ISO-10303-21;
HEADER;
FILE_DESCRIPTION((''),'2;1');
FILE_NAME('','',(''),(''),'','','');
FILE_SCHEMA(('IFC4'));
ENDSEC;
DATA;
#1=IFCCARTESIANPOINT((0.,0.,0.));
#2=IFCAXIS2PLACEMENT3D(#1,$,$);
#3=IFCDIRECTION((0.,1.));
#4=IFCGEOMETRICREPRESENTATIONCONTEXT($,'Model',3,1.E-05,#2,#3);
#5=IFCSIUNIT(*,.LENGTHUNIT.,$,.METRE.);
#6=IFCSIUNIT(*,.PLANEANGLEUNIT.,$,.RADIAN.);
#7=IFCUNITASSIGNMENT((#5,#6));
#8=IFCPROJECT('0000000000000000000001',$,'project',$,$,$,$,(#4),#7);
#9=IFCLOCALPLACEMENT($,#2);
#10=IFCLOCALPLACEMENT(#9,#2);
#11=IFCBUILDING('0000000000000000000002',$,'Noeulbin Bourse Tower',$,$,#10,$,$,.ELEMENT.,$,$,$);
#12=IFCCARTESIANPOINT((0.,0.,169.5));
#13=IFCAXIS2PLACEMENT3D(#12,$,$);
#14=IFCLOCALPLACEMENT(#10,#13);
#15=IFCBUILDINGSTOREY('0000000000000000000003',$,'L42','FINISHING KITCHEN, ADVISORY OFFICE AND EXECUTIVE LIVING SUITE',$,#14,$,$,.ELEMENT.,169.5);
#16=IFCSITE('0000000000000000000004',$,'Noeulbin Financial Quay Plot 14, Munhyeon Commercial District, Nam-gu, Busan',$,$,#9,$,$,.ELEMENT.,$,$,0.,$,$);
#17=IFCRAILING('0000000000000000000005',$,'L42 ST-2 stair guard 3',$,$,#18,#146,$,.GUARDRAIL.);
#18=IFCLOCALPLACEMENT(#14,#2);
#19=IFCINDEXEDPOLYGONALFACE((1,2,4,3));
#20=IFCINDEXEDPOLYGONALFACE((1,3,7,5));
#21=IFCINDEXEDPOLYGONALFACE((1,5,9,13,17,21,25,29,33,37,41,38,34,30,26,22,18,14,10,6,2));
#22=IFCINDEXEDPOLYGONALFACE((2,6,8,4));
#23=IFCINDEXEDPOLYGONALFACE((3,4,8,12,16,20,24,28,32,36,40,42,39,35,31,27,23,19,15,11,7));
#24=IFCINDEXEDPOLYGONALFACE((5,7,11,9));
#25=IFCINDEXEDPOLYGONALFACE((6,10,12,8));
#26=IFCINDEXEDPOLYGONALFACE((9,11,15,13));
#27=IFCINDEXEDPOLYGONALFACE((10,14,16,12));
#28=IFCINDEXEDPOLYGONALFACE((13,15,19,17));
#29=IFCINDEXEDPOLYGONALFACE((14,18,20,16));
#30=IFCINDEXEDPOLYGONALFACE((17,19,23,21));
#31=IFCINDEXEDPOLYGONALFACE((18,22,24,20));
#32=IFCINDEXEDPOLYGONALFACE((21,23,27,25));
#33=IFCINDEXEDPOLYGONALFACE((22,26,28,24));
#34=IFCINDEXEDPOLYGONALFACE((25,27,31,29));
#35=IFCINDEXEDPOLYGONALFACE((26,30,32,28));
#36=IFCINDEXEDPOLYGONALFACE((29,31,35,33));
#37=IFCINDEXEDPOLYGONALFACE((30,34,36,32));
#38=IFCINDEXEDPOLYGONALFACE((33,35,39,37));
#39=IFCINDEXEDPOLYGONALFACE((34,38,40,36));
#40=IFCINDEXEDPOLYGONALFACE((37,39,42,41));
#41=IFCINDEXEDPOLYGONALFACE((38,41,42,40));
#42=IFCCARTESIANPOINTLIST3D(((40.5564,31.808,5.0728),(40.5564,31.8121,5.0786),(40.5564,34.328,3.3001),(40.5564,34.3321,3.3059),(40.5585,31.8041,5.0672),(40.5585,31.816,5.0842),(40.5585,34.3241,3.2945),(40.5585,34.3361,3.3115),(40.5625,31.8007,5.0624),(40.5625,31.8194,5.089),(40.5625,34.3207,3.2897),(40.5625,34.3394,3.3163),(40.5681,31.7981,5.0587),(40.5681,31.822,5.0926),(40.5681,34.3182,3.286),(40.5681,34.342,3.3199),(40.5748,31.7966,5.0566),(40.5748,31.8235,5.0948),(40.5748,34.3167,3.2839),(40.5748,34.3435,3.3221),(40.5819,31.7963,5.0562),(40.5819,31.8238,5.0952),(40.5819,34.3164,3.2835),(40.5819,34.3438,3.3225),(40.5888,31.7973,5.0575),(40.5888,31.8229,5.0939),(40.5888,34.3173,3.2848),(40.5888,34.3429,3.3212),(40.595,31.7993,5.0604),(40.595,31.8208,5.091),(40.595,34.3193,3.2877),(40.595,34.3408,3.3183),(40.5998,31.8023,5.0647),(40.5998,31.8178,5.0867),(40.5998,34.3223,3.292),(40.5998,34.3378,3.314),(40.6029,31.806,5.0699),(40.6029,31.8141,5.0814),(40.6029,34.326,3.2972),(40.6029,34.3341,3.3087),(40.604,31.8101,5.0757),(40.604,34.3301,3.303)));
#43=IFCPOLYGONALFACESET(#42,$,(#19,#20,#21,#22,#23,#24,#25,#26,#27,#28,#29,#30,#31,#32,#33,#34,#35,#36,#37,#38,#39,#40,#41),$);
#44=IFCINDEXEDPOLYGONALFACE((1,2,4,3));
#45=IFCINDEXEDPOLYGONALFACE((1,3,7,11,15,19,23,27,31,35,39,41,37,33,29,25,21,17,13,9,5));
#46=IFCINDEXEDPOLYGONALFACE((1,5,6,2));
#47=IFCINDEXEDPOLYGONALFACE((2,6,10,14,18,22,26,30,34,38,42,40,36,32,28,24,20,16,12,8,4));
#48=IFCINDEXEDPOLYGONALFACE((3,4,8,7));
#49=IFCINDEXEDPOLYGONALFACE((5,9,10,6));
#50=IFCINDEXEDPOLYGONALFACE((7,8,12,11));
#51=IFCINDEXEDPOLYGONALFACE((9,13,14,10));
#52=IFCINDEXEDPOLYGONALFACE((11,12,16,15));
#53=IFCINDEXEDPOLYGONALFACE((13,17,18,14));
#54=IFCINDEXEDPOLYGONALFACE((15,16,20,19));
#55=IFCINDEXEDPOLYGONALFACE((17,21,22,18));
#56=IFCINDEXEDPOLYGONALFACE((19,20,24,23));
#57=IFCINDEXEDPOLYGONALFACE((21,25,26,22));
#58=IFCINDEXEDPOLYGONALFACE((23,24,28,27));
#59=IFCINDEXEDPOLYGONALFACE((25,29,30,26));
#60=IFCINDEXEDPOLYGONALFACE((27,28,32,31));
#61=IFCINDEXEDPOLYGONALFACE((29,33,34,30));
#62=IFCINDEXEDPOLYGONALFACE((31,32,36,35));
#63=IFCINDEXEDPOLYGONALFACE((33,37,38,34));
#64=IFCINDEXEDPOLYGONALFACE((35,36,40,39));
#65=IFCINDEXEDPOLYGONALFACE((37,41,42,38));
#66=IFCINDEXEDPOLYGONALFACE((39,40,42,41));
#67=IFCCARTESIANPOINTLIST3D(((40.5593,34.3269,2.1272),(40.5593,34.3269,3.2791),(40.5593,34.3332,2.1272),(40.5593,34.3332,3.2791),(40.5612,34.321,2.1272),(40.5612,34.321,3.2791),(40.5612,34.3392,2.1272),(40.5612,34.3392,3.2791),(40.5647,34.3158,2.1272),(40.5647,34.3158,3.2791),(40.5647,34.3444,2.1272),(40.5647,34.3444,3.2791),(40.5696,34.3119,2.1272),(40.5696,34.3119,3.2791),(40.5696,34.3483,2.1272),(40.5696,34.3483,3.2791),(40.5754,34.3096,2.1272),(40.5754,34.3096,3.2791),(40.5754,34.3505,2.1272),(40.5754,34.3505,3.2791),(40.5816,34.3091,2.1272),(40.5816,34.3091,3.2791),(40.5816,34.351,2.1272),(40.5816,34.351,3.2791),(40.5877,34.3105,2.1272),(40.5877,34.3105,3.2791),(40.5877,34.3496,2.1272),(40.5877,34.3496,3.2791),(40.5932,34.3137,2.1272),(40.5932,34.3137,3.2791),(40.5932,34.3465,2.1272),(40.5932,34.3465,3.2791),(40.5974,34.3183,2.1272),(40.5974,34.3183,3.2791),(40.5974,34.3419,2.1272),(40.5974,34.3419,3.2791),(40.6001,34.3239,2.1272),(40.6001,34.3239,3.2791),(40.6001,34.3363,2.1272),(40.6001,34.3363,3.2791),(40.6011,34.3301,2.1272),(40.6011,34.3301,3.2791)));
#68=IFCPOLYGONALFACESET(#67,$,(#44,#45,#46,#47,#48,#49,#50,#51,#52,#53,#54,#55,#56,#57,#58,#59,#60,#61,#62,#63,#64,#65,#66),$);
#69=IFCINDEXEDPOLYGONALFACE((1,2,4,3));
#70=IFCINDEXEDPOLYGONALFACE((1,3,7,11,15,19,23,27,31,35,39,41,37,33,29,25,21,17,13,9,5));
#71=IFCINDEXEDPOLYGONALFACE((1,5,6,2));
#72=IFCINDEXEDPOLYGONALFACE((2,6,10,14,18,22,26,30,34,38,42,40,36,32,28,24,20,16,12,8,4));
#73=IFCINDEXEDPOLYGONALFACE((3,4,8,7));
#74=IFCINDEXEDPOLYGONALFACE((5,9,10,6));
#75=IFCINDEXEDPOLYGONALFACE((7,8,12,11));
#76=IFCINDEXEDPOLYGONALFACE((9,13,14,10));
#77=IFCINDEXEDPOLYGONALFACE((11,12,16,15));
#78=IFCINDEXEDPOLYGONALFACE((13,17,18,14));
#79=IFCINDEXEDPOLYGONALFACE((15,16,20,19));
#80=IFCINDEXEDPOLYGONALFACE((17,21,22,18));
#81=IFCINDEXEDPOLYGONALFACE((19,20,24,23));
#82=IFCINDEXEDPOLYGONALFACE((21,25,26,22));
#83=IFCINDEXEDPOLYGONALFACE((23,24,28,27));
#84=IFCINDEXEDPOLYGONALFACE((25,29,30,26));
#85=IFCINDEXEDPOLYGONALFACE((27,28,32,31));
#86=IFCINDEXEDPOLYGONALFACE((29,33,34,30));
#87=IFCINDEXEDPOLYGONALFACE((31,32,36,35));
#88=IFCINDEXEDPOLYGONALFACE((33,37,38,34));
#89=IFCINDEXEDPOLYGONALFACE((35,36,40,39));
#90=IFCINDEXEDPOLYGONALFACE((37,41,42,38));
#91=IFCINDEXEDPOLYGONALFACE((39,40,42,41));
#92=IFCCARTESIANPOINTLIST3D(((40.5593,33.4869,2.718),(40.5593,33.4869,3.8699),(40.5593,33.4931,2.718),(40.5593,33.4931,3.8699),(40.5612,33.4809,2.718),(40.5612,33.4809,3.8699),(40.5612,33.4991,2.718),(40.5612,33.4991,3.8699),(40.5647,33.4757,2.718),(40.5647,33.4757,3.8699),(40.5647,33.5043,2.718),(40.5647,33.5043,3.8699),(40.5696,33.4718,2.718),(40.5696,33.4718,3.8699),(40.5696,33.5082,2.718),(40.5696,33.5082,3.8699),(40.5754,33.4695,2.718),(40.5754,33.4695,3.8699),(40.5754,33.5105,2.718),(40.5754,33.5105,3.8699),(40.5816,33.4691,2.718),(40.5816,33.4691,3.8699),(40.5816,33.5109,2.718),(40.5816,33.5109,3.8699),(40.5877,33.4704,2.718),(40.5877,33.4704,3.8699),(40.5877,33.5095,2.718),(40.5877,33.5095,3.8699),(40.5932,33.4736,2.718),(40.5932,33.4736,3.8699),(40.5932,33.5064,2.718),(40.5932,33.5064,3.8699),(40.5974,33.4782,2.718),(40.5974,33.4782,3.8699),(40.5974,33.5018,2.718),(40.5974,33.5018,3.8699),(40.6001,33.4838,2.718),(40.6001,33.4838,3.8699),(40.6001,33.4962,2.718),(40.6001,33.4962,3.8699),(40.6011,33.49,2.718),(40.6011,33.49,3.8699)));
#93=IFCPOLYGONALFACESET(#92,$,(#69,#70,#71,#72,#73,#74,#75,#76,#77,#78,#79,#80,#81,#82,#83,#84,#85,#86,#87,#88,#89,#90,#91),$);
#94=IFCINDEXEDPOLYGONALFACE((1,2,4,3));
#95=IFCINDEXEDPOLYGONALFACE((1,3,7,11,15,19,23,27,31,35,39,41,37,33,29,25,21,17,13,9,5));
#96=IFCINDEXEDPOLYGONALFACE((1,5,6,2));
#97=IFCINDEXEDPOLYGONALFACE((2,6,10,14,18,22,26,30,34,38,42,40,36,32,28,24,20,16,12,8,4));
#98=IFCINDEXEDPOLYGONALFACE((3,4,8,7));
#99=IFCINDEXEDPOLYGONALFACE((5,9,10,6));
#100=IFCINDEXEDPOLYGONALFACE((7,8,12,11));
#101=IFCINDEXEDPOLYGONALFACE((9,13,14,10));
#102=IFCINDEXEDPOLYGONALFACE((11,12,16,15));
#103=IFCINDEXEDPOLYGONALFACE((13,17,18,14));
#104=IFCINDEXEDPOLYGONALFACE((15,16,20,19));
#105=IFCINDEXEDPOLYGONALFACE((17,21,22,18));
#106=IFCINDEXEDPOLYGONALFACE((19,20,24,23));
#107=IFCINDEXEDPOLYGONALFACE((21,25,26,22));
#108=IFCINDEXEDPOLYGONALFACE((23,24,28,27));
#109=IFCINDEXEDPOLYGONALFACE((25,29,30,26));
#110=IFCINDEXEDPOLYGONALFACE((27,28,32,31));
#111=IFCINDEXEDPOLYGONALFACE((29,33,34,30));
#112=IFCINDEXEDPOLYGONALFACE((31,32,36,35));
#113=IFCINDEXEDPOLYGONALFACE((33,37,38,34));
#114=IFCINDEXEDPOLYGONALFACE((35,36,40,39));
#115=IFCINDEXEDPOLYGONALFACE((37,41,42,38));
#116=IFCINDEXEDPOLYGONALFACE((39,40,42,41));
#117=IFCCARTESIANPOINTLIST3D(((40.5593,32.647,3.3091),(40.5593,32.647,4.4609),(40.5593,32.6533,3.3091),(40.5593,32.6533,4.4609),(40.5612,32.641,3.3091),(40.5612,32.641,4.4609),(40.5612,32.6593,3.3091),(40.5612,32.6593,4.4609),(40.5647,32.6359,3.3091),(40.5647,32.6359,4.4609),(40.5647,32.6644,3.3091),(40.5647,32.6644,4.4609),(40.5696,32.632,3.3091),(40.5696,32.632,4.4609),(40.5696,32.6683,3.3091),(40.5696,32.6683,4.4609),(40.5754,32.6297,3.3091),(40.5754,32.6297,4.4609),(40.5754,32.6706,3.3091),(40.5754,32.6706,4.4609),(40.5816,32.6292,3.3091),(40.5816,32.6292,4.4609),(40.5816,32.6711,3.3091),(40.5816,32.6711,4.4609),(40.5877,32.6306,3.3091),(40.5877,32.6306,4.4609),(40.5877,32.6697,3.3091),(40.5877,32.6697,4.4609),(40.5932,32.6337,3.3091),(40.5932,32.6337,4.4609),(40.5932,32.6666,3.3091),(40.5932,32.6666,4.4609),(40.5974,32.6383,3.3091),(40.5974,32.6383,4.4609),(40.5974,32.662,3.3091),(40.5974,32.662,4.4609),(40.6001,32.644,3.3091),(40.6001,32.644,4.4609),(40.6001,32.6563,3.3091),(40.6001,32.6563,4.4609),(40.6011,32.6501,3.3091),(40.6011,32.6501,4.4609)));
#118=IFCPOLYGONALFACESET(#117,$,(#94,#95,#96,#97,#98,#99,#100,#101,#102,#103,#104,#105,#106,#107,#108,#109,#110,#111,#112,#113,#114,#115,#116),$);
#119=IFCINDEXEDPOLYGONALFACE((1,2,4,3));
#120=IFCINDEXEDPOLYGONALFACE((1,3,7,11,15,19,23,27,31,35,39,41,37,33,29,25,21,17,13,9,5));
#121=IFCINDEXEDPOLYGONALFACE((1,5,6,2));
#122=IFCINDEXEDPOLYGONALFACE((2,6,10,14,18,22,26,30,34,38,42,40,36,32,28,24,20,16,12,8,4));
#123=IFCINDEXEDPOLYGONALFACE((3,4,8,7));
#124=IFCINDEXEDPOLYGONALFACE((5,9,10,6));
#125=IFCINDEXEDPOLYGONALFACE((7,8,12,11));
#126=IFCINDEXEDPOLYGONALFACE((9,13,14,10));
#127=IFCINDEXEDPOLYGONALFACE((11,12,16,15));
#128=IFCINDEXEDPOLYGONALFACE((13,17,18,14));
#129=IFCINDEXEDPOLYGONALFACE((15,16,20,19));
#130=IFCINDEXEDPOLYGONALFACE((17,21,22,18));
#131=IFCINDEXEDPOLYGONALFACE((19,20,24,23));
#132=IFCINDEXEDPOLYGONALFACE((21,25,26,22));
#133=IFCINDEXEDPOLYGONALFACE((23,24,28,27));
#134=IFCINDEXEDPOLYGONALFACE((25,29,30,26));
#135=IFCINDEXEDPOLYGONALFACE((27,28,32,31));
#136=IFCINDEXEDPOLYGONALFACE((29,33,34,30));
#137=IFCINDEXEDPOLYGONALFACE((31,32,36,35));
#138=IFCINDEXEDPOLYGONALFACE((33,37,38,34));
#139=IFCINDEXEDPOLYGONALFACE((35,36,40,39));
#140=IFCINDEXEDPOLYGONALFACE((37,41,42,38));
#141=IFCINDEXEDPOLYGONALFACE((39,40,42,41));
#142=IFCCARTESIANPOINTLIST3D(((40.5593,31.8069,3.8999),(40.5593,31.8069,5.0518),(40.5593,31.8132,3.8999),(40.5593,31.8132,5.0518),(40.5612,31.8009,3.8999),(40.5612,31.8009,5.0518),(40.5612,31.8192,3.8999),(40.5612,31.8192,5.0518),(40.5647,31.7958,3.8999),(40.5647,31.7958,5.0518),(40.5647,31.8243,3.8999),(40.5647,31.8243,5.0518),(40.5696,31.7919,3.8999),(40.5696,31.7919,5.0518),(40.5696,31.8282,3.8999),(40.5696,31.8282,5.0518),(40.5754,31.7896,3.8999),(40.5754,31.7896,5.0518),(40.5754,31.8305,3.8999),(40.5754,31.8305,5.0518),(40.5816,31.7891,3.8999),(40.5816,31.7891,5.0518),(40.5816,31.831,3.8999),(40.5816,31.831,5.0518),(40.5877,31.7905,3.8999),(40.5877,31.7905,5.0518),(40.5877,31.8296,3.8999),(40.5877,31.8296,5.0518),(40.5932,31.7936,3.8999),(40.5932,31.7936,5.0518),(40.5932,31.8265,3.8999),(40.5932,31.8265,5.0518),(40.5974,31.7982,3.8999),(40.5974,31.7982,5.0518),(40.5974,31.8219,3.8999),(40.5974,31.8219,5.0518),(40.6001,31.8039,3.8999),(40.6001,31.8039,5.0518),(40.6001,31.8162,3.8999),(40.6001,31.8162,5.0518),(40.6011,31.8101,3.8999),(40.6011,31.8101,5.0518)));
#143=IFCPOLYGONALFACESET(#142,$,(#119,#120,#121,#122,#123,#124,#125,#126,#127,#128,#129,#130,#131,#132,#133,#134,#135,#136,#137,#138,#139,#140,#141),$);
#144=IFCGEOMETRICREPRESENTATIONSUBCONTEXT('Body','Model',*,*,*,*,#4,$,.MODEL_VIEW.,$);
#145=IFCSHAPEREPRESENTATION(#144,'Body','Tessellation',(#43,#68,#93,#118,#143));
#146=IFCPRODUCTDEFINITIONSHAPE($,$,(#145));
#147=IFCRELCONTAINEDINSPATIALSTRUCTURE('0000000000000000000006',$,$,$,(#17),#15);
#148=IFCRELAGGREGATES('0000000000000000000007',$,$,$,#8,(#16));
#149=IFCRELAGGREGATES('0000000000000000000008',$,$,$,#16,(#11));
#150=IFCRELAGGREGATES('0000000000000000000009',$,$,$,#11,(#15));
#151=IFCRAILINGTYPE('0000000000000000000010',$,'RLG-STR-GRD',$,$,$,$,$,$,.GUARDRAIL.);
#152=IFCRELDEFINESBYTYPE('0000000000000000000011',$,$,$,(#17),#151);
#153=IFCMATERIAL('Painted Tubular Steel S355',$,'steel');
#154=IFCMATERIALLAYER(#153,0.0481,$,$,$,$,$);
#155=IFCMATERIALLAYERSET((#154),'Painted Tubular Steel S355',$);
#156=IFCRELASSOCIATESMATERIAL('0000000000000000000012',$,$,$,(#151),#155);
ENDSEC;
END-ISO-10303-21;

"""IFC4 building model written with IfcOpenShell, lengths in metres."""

from ifc_helpers import new_model, si_unit, direction, frame, origin, origin_2d, place, context, subcontext, project, spatial, circle, extrude, material, layer, layer_set, type_object, element, save


model = new_model("IFC4")

# Units and contexts
model_context = context("Model", 3, precision=1e-05, world=origin(), true_north=direction((0.0, 1.0)))
body_context = subcontext(model_context, "Body", "Model", "MODEL_VIEW")
ifc_project = project(units=[si_unit("LENGTHUNIT", "METRE"), si_unit("PLANEANGLEUNIT", "RADIAN")], contexts=[model_context])

# Site, building, storey
site_placement = place(None, origin())
site = spatial("IfcSite", under=ifc_project, at=site_placement, Name="Noeulbin Financial Quay Plot 14, Munhyeon Commercial District, Nam-gu, Busan", CompositionType="ELEMENT", RefElevation=0.0)
building_placement = place(site_placement, origin())
building = spatial("IfcBuilding", under=site, at=building_placement, Name="Noeulbin Bourse Tower", CompositionType="ELEMENT")
storey_placement = place(building_placement, frame((0.0, 0.0, 169.5)))
storey = spatial("IfcBuildingStorey", under=building, at=storey_placement, Name="L42", Description="FINISHING KITCHEN, ADVISORY OFFICE AND EXECUTIVE LIVING SUITE", CompositionType="ELEMENT", Elevation=169.5)

# Railing
ifc_material_1 = material(Name="Painted Tubular Steel S355", Category="steel")
ifc_layer_1 = layer(ifc_material_1, 0.0481)
ifc_layer_set_1 = layer_set([ifc_layer_1], Name="Painted Tubular Steel S355")
railing_type_1 = type_object("IfcRailingType", Name="RLG-STR-GRD", PredefinedType="GUARDRAIL", material=ifc_layer_set_1)
railing_1_placement = place(storey_placement, frame((40.5801, 34.3301, 2.1272)))
element("IfcRailing", 1, at=railing_1_placement, inside=storey, type_object=railing_type_1, Name="L42 ST-2 stair guard 3", PredefinedType="GUARDRAIL", context=body_context, shape_type="SweptSolid", body=[
    extrude(circle(Radius=0.0239, at=origin_2d()), frame((0.0, 0.0, 1.1758), z_axis=(0.0, -0.817904, 0.575354), x_axis=(1.0, 0.0, 0.0)), (0.0, 0.0, 1.0), 3.0811),
    extrude(circle(Radius=0.021, at=origin_2d()), origin(), (0.0, 0.0, 1.0), 1.1519),
    extrude(circle(Radius=0.021, at=origin_2d()), frame((0.0, -0.8401, 0.5908)), (0.0, 0.0, 1.0), 1.1519),
    extrude(circle(Radius=0.021, at=origin_2d()), frame((0.0, -1.6799, 1.1819)), (0.0, 0.0, 1.0), 1.1519),
    extrude(circle(Radius=0.021, at=origin_2d()), frame((0.0, -2.52, 1.7727)), (0.0, 0.0, 1.0), 1.1519),
])

save(model, "model.ifc")
